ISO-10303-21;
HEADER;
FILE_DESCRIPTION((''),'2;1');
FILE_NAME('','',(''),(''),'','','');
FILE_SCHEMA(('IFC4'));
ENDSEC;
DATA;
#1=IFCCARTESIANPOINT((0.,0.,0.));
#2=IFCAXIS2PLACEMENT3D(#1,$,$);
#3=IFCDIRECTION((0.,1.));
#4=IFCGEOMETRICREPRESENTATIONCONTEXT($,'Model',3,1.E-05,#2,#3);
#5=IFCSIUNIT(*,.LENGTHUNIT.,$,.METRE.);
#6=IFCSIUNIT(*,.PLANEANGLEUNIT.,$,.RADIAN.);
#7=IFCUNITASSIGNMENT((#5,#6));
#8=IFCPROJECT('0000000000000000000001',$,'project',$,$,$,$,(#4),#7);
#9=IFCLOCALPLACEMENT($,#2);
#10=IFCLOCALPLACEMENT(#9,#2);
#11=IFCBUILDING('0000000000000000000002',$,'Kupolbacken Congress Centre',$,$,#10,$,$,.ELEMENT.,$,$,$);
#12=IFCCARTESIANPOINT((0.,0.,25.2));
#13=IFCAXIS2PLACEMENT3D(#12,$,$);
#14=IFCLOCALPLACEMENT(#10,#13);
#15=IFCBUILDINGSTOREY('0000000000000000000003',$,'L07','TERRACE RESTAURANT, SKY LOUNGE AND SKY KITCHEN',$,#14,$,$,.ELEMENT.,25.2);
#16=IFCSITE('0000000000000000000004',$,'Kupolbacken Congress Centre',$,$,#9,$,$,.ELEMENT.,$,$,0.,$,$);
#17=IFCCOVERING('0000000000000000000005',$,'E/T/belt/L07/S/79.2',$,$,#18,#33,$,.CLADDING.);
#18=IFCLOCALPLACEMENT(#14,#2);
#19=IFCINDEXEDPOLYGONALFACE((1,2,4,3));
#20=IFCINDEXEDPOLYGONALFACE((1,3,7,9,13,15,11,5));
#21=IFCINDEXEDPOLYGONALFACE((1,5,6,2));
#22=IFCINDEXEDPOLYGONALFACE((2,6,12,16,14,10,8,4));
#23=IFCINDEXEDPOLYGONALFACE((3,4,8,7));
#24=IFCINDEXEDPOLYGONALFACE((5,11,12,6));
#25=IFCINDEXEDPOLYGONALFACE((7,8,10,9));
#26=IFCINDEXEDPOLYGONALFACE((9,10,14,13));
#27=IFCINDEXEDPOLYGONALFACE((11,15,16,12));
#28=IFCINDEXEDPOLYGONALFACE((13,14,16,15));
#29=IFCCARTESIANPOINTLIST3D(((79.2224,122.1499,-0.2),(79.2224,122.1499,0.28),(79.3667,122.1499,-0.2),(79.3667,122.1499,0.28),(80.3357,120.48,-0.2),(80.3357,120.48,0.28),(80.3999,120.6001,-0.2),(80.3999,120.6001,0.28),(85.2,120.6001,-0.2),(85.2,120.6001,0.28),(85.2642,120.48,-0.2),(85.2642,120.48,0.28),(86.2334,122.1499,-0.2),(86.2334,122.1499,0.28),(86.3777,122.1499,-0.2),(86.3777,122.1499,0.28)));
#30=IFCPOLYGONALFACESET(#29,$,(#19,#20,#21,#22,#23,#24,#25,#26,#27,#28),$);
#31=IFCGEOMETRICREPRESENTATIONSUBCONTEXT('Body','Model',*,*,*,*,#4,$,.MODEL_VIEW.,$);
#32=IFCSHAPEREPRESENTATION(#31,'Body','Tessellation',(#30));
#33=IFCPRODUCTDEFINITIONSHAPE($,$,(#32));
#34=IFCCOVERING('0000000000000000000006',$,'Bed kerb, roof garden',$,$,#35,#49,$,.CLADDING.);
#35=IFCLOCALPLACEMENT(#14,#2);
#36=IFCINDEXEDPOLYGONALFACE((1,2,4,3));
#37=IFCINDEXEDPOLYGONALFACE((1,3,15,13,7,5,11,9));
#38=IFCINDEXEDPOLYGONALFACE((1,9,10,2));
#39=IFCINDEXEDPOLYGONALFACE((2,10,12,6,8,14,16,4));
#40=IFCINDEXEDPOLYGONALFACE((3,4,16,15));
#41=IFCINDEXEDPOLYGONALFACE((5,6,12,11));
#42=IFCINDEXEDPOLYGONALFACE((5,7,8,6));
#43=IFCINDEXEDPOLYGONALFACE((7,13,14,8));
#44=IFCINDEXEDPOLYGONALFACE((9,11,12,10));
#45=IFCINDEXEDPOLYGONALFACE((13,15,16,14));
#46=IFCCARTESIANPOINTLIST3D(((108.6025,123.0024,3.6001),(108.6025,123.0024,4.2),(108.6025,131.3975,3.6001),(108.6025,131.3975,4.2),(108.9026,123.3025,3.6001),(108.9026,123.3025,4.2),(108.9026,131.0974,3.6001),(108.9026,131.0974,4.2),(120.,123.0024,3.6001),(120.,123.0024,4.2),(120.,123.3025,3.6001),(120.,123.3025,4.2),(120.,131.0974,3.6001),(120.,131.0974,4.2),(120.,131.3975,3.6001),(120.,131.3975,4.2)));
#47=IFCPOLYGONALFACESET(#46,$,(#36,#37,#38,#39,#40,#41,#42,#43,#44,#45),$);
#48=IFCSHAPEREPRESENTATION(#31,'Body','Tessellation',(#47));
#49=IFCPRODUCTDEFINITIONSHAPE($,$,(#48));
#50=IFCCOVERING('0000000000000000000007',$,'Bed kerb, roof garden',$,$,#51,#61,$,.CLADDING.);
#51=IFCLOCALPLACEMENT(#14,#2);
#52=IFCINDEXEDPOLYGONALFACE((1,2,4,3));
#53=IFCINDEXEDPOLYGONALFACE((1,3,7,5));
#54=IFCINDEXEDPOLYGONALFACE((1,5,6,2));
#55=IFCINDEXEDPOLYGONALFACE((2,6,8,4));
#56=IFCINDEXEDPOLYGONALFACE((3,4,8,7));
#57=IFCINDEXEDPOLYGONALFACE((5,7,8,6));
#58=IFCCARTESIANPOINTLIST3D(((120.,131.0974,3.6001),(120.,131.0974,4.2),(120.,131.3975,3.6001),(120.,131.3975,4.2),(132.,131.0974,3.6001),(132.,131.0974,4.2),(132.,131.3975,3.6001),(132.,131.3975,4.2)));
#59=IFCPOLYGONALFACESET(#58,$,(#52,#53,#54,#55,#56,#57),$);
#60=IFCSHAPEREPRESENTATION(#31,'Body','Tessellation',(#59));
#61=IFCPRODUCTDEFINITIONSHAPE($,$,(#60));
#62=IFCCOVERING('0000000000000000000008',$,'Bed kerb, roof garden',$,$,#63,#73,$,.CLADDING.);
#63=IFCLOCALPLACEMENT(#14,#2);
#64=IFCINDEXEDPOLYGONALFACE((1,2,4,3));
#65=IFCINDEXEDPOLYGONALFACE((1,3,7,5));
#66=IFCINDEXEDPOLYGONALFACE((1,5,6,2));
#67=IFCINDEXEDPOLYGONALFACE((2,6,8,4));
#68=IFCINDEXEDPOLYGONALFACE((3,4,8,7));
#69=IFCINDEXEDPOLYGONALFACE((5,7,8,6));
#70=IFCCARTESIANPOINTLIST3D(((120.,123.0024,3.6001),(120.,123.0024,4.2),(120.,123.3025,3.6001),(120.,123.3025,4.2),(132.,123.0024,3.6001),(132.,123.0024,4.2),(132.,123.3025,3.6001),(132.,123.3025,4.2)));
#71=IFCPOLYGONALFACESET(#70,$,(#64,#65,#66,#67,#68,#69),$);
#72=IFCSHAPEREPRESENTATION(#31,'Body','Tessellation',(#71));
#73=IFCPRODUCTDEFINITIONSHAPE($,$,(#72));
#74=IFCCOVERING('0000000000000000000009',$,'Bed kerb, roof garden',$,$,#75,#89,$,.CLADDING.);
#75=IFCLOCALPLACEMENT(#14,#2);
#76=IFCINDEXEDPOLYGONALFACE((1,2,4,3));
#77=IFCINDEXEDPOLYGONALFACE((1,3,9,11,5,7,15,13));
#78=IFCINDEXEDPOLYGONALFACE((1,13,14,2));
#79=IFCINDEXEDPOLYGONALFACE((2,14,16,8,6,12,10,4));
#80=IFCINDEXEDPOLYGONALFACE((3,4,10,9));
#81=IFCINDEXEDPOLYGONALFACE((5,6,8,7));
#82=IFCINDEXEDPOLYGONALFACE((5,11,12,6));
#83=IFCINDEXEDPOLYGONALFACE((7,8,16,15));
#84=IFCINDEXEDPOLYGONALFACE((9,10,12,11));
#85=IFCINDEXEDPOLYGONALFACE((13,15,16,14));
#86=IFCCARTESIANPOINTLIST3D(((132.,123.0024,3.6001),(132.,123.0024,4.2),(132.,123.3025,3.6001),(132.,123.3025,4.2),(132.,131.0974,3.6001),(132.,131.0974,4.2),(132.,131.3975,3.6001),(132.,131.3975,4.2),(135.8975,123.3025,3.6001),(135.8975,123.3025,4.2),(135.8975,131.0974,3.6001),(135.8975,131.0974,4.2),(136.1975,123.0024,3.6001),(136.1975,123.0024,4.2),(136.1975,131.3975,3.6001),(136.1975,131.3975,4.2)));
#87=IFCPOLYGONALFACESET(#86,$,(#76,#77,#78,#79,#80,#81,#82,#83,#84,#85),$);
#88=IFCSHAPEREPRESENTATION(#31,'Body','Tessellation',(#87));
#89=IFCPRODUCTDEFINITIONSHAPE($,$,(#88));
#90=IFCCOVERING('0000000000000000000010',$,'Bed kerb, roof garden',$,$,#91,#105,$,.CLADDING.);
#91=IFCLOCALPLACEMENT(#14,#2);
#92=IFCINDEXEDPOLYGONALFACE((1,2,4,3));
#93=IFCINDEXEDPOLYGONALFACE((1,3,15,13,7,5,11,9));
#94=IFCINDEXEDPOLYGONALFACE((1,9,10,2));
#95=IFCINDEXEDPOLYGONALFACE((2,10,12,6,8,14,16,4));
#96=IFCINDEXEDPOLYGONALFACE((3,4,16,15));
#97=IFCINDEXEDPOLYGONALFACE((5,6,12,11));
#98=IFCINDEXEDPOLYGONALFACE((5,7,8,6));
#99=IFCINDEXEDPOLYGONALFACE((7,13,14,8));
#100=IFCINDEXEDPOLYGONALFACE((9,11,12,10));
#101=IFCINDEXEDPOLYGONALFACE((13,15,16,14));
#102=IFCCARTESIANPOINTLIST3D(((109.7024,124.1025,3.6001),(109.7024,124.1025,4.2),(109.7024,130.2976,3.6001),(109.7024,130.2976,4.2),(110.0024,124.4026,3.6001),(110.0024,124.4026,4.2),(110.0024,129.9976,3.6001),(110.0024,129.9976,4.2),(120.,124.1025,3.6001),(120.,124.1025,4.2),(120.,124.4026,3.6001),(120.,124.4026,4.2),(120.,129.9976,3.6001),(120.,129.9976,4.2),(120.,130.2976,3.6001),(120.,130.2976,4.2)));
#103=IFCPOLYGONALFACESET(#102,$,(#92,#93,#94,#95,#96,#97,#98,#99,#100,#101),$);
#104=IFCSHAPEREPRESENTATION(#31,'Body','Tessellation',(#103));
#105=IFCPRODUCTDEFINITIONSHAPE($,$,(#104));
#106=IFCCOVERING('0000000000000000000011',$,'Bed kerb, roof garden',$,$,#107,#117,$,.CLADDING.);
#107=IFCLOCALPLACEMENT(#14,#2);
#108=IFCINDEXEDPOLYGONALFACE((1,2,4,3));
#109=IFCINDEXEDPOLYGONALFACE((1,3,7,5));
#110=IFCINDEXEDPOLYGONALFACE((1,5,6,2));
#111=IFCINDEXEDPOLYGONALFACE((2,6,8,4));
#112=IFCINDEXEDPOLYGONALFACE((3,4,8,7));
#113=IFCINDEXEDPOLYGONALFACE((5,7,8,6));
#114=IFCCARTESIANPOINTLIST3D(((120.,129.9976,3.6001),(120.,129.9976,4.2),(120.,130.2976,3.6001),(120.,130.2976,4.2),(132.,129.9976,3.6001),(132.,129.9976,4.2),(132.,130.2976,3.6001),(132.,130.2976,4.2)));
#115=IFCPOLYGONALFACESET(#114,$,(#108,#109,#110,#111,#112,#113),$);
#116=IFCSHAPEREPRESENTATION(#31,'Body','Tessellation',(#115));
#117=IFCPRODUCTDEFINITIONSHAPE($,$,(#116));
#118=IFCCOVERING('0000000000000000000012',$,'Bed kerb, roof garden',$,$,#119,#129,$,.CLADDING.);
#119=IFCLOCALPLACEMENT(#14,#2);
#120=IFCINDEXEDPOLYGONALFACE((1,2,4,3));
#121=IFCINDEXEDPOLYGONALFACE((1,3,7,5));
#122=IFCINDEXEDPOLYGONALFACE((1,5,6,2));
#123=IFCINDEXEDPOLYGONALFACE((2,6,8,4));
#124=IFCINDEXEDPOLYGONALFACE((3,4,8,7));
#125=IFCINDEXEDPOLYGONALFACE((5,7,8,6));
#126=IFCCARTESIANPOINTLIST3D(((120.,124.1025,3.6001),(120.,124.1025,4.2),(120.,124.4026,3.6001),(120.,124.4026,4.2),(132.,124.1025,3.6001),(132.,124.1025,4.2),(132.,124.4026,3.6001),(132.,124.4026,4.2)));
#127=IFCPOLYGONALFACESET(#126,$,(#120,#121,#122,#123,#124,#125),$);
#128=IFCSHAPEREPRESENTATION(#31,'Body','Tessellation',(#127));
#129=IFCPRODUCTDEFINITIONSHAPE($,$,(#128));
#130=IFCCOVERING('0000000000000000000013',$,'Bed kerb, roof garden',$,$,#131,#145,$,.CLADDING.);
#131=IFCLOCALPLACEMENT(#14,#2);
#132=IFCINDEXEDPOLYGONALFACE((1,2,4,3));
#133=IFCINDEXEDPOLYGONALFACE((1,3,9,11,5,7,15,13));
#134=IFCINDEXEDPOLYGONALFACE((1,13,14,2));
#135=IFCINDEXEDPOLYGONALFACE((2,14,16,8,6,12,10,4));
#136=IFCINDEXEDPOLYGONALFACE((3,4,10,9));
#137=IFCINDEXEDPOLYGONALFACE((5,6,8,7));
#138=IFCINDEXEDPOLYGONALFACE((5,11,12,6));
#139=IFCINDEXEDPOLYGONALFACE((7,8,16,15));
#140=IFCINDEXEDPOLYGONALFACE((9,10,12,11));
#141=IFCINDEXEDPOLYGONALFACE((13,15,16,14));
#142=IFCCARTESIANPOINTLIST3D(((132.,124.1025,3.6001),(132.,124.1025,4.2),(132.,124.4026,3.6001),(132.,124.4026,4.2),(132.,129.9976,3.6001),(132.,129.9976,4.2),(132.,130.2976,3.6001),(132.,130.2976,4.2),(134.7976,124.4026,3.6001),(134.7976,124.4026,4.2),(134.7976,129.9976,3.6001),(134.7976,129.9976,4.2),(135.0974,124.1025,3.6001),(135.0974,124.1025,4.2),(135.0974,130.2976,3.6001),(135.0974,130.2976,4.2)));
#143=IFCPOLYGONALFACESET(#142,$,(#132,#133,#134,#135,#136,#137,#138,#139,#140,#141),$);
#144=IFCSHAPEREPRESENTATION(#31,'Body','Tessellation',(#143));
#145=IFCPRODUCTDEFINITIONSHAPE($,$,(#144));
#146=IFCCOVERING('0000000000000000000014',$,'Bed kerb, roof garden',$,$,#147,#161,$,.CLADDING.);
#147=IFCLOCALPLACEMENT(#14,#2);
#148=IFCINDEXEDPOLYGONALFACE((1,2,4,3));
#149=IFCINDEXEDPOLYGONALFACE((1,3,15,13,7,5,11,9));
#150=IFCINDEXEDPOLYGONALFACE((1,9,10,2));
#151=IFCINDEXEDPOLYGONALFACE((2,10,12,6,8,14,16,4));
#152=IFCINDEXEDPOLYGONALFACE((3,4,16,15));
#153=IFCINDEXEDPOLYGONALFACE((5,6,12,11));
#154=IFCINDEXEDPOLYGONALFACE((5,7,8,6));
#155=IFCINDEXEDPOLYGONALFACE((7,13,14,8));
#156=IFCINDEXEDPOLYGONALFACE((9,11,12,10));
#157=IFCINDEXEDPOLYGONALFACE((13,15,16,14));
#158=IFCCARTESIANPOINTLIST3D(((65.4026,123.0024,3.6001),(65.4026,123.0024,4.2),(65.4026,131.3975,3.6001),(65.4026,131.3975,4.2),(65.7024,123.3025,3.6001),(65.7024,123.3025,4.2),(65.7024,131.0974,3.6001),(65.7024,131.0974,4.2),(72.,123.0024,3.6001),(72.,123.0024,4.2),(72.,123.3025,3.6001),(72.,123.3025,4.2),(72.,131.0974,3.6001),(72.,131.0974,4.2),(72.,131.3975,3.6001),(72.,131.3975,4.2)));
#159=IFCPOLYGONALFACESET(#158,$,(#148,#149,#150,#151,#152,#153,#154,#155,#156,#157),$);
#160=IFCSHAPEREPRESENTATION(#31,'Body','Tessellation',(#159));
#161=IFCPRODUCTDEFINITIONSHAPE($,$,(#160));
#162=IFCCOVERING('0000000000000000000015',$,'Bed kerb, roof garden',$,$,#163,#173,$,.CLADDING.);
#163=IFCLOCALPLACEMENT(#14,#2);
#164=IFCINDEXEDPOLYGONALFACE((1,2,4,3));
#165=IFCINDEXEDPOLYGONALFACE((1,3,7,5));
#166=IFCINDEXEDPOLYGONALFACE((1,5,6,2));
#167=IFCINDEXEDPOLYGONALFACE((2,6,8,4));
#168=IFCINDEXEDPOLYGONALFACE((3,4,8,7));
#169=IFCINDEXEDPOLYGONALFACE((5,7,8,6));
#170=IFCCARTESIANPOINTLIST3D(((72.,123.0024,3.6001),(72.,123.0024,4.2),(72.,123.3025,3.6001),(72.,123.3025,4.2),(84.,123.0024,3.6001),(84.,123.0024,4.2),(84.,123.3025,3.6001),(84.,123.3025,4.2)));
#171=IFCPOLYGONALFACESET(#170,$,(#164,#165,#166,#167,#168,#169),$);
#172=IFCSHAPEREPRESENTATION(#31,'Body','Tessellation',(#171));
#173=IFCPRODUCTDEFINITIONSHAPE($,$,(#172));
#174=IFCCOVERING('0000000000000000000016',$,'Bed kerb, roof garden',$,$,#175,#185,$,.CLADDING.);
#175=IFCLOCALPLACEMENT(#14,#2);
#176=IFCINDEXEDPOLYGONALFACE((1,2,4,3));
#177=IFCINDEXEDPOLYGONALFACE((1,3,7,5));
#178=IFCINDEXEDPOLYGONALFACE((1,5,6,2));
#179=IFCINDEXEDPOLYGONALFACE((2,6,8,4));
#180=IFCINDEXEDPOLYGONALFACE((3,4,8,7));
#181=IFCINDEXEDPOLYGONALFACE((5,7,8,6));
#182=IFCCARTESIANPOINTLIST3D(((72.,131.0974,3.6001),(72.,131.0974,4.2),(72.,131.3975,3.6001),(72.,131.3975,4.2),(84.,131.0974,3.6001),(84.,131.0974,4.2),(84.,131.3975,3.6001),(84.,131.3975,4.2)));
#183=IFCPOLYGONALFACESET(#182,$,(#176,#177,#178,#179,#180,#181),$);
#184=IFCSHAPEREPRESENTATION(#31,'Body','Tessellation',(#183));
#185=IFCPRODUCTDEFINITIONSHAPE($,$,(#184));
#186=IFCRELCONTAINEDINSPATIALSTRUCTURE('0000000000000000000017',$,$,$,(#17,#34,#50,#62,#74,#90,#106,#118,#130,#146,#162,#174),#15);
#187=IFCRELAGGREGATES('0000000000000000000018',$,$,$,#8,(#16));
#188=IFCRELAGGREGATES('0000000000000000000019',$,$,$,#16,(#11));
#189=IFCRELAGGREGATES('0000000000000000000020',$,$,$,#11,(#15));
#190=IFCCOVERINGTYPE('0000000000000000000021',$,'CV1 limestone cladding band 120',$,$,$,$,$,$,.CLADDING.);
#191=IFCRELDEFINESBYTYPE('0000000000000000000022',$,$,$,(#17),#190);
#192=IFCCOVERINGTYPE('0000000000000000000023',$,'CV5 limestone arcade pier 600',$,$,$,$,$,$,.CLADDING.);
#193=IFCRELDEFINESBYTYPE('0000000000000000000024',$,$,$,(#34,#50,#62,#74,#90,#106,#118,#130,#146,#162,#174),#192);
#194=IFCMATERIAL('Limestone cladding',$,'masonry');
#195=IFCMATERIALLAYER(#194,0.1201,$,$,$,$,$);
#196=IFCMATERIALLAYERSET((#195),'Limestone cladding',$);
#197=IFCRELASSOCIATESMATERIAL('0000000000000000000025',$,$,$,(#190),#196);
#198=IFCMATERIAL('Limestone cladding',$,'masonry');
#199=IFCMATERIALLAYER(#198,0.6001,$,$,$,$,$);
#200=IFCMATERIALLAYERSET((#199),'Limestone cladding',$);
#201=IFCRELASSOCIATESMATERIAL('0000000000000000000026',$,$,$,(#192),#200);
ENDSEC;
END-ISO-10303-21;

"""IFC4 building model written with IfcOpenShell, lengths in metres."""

from ifc_helpers import new_model, si_unit, direction, frame, origin, place, context, subcontext, project, spatial, polyline, outline, extrude, material, layer, layer_set, type_object, element, save


model = new_model("IFC4")

# Units and contexts
model_context = context("Model", 3, precision=1e-05, world=origin(), true_north=direction((0.0, 1.0)))
body_context = subcontext(model_context, "Body", "Model", "MODEL_VIEW")
ifc_project = project(units=[si_unit("LENGTHUNIT", "METRE"), si_unit("PLANEANGLEUNIT", "RADIAN")], contexts=[model_context])

# Site, building, storey
site_placement = place(None, origin())
site = spatial("IfcSite", under=ifc_project, at=site_placement, Name="Kupolbacken Congress Centre", CompositionType="ELEMENT", RefElevation=0.0)
building_placement = place(site_placement, origin())
building = spatial("IfcBuilding", under=site, at=building_placement, Name="Kupolbacken Congress Centre", CompositionType="ELEMENT")
storey_placement = place(building_placement, frame((0.0, 0.0, 25.2)))
storey = spatial("IfcBuildingStorey", under=building, at=storey_placement, Name="L07", Description="TERRACE RESTAURANT, SKY LOUNGE AND SKY KITCHEN", CompositionType="ELEMENT", Elevation=25.2)

# Coverings
ifc_material_1 = material(Name="Limestone cladding", Category="masonry")
ifc_layer_1 = layer(ifc_material_1, 0.1201)
ifc_layer_set_1 = layer_set([ifc_layer_1], Name="Limestone cladding")
covering_type_1 = type_object("IfcCoveringType", Name="CV1 limestone cladding band 120", PredefinedType="CLADDING", material=ifc_layer_set_1)
covering_1_placement = place(storey_placement, frame((0.0, 0.0, -0.2)))
element("IfcCovering", 1, at=covering_1_placement, inside=storey, type_object=covering_type_1, Name="E/T/belt/L07/S/79.2", PredefinedType="CLADDING", context=body_context, shape_type="SweptSolid", body=[
    extrude(outline(polyline([(86.3777, 122.1499), (86.2334, 122.1499), (85.2, 120.6001), (80.3999, 120.6001), (79.3667, 122.1499), (79.2224, 122.1499), (80.3357, 120.48), (85.2642, 120.48), (86.3777, 122.1499)])), origin(), (0.0, 0.0, 1.0), 0.48),
])
ifc_material_2 = material(Name="Limestone cladding", Category="masonry")
ifc_layer_2 = layer(ifc_material_2, 0.6001)
ifc_layer_set_2 = layer_set([ifc_layer_2], Name="Limestone cladding")
covering_type_2 = type_object("IfcCoveringType", Name="CV5 limestone arcade pier 600", PredefinedType="CLADDING", material=ifc_layer_set_2)
covering_2_placement = place(storey_placement, frame((0.0, 0.0, 3.6001)))
element("IfcCovering", 2, at=covering_2_placement, inside=storey, type_object=covering_type_2, Name="Bed kerb, roof garden", PredefinedType="CLADDING", context=body_context, shape_type="SweptSolid", body=[
    extrude(outline(polyline([(108.6025, 131.3975), (120.0, 131.3975), (120.0, 131.0974), (108.9026, 131.0974), (108.9026, 123.3025), (120.0, 123.3025), (120.0, 123.0024), (108.6025, 123.0024), (108.6025, 131.3975)])), origin(), (0.0, 0.0, 1.0), 0.5999),
])
covering_3_placement = place(storey_placement, frame((0.0, 0.0, 3.6001)))
element("IfcCovering", 3, at=covering_3_placement, inside=storey, type_object=covering_type_2, Name="Bed kerb, roof garden", PredefinedType="CLADDING", context=body_context, shape_type="SweptSolid", body=[
    extrude(outline(polyline([(132.0, 131.3975), (132.0, 131.0974), (120.0, 131.0974), (120.0, 131.3975), (132.0, 131.3975)])), origin(), (0.0, 0.0, 1.0), 0.5999),
])
covering_4_placement = place(storey_placement, frame((0.0, 0.0, 3.6001)))
element("IfcCovering", 4, at=covering_4_placement, inside=storey, type_object=covering_type_2, Name="Bed kerb, roof garden", PredefinedType="CLADDING", context=body_context, shape_type="SweptSolid", body=[
    extrude(outline(polyline([(120.0, 123.0024), (120.0, 123.3025), (132.0, 123.3025), (132.0, 123.0024), (120.0, 123.0024)])), origin(), (0.0, 0.0, 1.0), 0.5999),
])
covering_5_placement = place(storey_placement, frame((0.0, 0.0, 3.6001)))
element("IfcCovering", 5, at=covering_5_placement, inside=storey, type_object=covering_type_2, Name="Bed kerb, roof garden", PredefinedType="CLADDING", context=body_context, shape_type="SweptSolid", body=[
    extrude(outline(polyline([(136.1975, 131.3975), (136.1975, 123.0024), (132.0, 123.0024), (132.0, 123.3025), (135.8975, 123.3025), (135.8975, 131.0974), (132.0, 131.0974), (132.0, 131.3975), (136.1975, 131.3975)])), origin(), (0.0, 0.0, 1.0), 0.5999),
])
covering_6_placement = place(storey_placement, frame((0.0, 0.0, 3.6001)))
element("IfcCovering", 6, at=covering_6_placement, inside=storey, type_object=covering_type_2, Name="Bed kerb, roof garden", PredefinedType="CLADDING", context=body_context, shape_type="SweptSolid", body=[
    extrude(outline(polyline([(109.7024, 130.2976), (120.0, 130.2976), (120.0, 129.9976), (110.0024, 129.9976), (110.0024, 124.4026), (120.0, 124.4026), (120.0, 124.1025), (109.7024, 124.1025), (109.7024, 130.2976)])), origin(), (0.0, 0.0, 1.0), 0.5999),
])
covering_7_placement = place(storey_placement, frame((0.0, 0.0, 3.6001)))
element("IfcCovering", 7, at=covering_7_placement, inside=storey, type_object=covering_type_2, Name="Bed kerb, roof garden", PredefinedType="CLADDING", context=body_context, shape_type="SweptSolid", body=[
    extrude(outline(polyline([(132.0, 130.2976), (132.0, 129.9976), (120.0, 129.9976), (120.0, 130.2976), (132.0, 130.2976)])), origin(), (0.0, 0.0, 1.0), 0.5999),
])
covering_8_placement = place(storey_placement, frame((0.0, 0.0, 3.6001)))
element("IfcCovering", 8, at=covering_8_placement, inside=storey, type_object=covering_type_2, Name="Bed kerb, roof garden", PredefinedType="CLADDING", context=body_context, shape_type="SweptSolid", body=[
    extrude(outline(polyline([(120.0, 124.1025), (120.0, 124.4026), (132.0, 124.4026), (132.0, 124.1025), (120.0, 124.1025)])), origin(), (0.0, 0.0, 1.0), 0.5999),
])
covering_9_placement = place(storey_placement, frame((0.0, 0.0, 3.6001)))
element("IfcCovering", 9, at=covering_9_placement, inside=storey, type_object=covering_type_2, Name="Bed kerb, roof garden", PredefinedType="CLADDING", context=body_context, shape_type="SweptSolid", body=[
    extrude(outline(polyline([(135.0974, 130.2976), (135.0974, 124.1025), (132.0, 124.1025), (132.0, 124.4026), (134.7976, 124.4026), (134.7976, 129.9976), (132.0, 129.9976), (132.0, 130.2976), (135.0974, 130.2976)])), origin(), (0.0, 0.0, 1.0), 0.5999),
])
covering_10_placement = place(storey_placement, frame((0.0, 0.0, 3.6001)))
element("IfcCovering", 10, at=covering_10_placement, inside=storey, type_object=covering_type_2, Name="Bed kerb, roof garden", PredefinedType="CLADDING", context=body_context, shape_type="SweptSolid", body=[
    extrude(outline(polyline([(65.4026, 123.0024), (65.4026, 131.3975), (72.0, 131.3975), (72.0, 131.0974), (65.7024, 131.0974), (65.7024, 123.3025), (72.0, 123.3025), (72.0, 123.0024), (65.4026, 123.0024)])), origin(), (0.0, 0.0, 1.0), 0.5999),
])
covering_11_placement = place(storey_placement, frame((0.0, 0.0, 3.6001)))
element("IfcCovering", 11, at=covering_11_placement, inside=storey, type_object=covering_type_2, Name="Bed kerb, roof garden", PredefinedType="CLADDING", context=body_context, shape_type="SweptSolid", body=[
    extrude(outline(polyline([(72.0, 123.0024), (72.0, 123.3025), (84.0, 123.3025), (84.0, 123.0024), (72.0, 123.0024)])), origin(), (0.0, 0.0, 1.0), 0.5999),
])
covering_12_placement = place(storey_placement, frame((0.0, 0.0, 3.6001)))
element("IfcCovering", 12, at=covering_12_placement, inside=storey, type_object=covering_type_2, Name="Bed kerb, roof garden", PredefinedType="CLADDING", context=body_context, shape_type="SweptSolid", body=[
    extrude(outline(polyline([(84.0, 131.3975), (84.0, 131.0974), (72.0, 131.0974), (72.0, 131.3975), (84.0, 131.3975)])), origin(), (0.0, 0.0, 1.0), 0.5999),
])

save(model, "model.ifc")
